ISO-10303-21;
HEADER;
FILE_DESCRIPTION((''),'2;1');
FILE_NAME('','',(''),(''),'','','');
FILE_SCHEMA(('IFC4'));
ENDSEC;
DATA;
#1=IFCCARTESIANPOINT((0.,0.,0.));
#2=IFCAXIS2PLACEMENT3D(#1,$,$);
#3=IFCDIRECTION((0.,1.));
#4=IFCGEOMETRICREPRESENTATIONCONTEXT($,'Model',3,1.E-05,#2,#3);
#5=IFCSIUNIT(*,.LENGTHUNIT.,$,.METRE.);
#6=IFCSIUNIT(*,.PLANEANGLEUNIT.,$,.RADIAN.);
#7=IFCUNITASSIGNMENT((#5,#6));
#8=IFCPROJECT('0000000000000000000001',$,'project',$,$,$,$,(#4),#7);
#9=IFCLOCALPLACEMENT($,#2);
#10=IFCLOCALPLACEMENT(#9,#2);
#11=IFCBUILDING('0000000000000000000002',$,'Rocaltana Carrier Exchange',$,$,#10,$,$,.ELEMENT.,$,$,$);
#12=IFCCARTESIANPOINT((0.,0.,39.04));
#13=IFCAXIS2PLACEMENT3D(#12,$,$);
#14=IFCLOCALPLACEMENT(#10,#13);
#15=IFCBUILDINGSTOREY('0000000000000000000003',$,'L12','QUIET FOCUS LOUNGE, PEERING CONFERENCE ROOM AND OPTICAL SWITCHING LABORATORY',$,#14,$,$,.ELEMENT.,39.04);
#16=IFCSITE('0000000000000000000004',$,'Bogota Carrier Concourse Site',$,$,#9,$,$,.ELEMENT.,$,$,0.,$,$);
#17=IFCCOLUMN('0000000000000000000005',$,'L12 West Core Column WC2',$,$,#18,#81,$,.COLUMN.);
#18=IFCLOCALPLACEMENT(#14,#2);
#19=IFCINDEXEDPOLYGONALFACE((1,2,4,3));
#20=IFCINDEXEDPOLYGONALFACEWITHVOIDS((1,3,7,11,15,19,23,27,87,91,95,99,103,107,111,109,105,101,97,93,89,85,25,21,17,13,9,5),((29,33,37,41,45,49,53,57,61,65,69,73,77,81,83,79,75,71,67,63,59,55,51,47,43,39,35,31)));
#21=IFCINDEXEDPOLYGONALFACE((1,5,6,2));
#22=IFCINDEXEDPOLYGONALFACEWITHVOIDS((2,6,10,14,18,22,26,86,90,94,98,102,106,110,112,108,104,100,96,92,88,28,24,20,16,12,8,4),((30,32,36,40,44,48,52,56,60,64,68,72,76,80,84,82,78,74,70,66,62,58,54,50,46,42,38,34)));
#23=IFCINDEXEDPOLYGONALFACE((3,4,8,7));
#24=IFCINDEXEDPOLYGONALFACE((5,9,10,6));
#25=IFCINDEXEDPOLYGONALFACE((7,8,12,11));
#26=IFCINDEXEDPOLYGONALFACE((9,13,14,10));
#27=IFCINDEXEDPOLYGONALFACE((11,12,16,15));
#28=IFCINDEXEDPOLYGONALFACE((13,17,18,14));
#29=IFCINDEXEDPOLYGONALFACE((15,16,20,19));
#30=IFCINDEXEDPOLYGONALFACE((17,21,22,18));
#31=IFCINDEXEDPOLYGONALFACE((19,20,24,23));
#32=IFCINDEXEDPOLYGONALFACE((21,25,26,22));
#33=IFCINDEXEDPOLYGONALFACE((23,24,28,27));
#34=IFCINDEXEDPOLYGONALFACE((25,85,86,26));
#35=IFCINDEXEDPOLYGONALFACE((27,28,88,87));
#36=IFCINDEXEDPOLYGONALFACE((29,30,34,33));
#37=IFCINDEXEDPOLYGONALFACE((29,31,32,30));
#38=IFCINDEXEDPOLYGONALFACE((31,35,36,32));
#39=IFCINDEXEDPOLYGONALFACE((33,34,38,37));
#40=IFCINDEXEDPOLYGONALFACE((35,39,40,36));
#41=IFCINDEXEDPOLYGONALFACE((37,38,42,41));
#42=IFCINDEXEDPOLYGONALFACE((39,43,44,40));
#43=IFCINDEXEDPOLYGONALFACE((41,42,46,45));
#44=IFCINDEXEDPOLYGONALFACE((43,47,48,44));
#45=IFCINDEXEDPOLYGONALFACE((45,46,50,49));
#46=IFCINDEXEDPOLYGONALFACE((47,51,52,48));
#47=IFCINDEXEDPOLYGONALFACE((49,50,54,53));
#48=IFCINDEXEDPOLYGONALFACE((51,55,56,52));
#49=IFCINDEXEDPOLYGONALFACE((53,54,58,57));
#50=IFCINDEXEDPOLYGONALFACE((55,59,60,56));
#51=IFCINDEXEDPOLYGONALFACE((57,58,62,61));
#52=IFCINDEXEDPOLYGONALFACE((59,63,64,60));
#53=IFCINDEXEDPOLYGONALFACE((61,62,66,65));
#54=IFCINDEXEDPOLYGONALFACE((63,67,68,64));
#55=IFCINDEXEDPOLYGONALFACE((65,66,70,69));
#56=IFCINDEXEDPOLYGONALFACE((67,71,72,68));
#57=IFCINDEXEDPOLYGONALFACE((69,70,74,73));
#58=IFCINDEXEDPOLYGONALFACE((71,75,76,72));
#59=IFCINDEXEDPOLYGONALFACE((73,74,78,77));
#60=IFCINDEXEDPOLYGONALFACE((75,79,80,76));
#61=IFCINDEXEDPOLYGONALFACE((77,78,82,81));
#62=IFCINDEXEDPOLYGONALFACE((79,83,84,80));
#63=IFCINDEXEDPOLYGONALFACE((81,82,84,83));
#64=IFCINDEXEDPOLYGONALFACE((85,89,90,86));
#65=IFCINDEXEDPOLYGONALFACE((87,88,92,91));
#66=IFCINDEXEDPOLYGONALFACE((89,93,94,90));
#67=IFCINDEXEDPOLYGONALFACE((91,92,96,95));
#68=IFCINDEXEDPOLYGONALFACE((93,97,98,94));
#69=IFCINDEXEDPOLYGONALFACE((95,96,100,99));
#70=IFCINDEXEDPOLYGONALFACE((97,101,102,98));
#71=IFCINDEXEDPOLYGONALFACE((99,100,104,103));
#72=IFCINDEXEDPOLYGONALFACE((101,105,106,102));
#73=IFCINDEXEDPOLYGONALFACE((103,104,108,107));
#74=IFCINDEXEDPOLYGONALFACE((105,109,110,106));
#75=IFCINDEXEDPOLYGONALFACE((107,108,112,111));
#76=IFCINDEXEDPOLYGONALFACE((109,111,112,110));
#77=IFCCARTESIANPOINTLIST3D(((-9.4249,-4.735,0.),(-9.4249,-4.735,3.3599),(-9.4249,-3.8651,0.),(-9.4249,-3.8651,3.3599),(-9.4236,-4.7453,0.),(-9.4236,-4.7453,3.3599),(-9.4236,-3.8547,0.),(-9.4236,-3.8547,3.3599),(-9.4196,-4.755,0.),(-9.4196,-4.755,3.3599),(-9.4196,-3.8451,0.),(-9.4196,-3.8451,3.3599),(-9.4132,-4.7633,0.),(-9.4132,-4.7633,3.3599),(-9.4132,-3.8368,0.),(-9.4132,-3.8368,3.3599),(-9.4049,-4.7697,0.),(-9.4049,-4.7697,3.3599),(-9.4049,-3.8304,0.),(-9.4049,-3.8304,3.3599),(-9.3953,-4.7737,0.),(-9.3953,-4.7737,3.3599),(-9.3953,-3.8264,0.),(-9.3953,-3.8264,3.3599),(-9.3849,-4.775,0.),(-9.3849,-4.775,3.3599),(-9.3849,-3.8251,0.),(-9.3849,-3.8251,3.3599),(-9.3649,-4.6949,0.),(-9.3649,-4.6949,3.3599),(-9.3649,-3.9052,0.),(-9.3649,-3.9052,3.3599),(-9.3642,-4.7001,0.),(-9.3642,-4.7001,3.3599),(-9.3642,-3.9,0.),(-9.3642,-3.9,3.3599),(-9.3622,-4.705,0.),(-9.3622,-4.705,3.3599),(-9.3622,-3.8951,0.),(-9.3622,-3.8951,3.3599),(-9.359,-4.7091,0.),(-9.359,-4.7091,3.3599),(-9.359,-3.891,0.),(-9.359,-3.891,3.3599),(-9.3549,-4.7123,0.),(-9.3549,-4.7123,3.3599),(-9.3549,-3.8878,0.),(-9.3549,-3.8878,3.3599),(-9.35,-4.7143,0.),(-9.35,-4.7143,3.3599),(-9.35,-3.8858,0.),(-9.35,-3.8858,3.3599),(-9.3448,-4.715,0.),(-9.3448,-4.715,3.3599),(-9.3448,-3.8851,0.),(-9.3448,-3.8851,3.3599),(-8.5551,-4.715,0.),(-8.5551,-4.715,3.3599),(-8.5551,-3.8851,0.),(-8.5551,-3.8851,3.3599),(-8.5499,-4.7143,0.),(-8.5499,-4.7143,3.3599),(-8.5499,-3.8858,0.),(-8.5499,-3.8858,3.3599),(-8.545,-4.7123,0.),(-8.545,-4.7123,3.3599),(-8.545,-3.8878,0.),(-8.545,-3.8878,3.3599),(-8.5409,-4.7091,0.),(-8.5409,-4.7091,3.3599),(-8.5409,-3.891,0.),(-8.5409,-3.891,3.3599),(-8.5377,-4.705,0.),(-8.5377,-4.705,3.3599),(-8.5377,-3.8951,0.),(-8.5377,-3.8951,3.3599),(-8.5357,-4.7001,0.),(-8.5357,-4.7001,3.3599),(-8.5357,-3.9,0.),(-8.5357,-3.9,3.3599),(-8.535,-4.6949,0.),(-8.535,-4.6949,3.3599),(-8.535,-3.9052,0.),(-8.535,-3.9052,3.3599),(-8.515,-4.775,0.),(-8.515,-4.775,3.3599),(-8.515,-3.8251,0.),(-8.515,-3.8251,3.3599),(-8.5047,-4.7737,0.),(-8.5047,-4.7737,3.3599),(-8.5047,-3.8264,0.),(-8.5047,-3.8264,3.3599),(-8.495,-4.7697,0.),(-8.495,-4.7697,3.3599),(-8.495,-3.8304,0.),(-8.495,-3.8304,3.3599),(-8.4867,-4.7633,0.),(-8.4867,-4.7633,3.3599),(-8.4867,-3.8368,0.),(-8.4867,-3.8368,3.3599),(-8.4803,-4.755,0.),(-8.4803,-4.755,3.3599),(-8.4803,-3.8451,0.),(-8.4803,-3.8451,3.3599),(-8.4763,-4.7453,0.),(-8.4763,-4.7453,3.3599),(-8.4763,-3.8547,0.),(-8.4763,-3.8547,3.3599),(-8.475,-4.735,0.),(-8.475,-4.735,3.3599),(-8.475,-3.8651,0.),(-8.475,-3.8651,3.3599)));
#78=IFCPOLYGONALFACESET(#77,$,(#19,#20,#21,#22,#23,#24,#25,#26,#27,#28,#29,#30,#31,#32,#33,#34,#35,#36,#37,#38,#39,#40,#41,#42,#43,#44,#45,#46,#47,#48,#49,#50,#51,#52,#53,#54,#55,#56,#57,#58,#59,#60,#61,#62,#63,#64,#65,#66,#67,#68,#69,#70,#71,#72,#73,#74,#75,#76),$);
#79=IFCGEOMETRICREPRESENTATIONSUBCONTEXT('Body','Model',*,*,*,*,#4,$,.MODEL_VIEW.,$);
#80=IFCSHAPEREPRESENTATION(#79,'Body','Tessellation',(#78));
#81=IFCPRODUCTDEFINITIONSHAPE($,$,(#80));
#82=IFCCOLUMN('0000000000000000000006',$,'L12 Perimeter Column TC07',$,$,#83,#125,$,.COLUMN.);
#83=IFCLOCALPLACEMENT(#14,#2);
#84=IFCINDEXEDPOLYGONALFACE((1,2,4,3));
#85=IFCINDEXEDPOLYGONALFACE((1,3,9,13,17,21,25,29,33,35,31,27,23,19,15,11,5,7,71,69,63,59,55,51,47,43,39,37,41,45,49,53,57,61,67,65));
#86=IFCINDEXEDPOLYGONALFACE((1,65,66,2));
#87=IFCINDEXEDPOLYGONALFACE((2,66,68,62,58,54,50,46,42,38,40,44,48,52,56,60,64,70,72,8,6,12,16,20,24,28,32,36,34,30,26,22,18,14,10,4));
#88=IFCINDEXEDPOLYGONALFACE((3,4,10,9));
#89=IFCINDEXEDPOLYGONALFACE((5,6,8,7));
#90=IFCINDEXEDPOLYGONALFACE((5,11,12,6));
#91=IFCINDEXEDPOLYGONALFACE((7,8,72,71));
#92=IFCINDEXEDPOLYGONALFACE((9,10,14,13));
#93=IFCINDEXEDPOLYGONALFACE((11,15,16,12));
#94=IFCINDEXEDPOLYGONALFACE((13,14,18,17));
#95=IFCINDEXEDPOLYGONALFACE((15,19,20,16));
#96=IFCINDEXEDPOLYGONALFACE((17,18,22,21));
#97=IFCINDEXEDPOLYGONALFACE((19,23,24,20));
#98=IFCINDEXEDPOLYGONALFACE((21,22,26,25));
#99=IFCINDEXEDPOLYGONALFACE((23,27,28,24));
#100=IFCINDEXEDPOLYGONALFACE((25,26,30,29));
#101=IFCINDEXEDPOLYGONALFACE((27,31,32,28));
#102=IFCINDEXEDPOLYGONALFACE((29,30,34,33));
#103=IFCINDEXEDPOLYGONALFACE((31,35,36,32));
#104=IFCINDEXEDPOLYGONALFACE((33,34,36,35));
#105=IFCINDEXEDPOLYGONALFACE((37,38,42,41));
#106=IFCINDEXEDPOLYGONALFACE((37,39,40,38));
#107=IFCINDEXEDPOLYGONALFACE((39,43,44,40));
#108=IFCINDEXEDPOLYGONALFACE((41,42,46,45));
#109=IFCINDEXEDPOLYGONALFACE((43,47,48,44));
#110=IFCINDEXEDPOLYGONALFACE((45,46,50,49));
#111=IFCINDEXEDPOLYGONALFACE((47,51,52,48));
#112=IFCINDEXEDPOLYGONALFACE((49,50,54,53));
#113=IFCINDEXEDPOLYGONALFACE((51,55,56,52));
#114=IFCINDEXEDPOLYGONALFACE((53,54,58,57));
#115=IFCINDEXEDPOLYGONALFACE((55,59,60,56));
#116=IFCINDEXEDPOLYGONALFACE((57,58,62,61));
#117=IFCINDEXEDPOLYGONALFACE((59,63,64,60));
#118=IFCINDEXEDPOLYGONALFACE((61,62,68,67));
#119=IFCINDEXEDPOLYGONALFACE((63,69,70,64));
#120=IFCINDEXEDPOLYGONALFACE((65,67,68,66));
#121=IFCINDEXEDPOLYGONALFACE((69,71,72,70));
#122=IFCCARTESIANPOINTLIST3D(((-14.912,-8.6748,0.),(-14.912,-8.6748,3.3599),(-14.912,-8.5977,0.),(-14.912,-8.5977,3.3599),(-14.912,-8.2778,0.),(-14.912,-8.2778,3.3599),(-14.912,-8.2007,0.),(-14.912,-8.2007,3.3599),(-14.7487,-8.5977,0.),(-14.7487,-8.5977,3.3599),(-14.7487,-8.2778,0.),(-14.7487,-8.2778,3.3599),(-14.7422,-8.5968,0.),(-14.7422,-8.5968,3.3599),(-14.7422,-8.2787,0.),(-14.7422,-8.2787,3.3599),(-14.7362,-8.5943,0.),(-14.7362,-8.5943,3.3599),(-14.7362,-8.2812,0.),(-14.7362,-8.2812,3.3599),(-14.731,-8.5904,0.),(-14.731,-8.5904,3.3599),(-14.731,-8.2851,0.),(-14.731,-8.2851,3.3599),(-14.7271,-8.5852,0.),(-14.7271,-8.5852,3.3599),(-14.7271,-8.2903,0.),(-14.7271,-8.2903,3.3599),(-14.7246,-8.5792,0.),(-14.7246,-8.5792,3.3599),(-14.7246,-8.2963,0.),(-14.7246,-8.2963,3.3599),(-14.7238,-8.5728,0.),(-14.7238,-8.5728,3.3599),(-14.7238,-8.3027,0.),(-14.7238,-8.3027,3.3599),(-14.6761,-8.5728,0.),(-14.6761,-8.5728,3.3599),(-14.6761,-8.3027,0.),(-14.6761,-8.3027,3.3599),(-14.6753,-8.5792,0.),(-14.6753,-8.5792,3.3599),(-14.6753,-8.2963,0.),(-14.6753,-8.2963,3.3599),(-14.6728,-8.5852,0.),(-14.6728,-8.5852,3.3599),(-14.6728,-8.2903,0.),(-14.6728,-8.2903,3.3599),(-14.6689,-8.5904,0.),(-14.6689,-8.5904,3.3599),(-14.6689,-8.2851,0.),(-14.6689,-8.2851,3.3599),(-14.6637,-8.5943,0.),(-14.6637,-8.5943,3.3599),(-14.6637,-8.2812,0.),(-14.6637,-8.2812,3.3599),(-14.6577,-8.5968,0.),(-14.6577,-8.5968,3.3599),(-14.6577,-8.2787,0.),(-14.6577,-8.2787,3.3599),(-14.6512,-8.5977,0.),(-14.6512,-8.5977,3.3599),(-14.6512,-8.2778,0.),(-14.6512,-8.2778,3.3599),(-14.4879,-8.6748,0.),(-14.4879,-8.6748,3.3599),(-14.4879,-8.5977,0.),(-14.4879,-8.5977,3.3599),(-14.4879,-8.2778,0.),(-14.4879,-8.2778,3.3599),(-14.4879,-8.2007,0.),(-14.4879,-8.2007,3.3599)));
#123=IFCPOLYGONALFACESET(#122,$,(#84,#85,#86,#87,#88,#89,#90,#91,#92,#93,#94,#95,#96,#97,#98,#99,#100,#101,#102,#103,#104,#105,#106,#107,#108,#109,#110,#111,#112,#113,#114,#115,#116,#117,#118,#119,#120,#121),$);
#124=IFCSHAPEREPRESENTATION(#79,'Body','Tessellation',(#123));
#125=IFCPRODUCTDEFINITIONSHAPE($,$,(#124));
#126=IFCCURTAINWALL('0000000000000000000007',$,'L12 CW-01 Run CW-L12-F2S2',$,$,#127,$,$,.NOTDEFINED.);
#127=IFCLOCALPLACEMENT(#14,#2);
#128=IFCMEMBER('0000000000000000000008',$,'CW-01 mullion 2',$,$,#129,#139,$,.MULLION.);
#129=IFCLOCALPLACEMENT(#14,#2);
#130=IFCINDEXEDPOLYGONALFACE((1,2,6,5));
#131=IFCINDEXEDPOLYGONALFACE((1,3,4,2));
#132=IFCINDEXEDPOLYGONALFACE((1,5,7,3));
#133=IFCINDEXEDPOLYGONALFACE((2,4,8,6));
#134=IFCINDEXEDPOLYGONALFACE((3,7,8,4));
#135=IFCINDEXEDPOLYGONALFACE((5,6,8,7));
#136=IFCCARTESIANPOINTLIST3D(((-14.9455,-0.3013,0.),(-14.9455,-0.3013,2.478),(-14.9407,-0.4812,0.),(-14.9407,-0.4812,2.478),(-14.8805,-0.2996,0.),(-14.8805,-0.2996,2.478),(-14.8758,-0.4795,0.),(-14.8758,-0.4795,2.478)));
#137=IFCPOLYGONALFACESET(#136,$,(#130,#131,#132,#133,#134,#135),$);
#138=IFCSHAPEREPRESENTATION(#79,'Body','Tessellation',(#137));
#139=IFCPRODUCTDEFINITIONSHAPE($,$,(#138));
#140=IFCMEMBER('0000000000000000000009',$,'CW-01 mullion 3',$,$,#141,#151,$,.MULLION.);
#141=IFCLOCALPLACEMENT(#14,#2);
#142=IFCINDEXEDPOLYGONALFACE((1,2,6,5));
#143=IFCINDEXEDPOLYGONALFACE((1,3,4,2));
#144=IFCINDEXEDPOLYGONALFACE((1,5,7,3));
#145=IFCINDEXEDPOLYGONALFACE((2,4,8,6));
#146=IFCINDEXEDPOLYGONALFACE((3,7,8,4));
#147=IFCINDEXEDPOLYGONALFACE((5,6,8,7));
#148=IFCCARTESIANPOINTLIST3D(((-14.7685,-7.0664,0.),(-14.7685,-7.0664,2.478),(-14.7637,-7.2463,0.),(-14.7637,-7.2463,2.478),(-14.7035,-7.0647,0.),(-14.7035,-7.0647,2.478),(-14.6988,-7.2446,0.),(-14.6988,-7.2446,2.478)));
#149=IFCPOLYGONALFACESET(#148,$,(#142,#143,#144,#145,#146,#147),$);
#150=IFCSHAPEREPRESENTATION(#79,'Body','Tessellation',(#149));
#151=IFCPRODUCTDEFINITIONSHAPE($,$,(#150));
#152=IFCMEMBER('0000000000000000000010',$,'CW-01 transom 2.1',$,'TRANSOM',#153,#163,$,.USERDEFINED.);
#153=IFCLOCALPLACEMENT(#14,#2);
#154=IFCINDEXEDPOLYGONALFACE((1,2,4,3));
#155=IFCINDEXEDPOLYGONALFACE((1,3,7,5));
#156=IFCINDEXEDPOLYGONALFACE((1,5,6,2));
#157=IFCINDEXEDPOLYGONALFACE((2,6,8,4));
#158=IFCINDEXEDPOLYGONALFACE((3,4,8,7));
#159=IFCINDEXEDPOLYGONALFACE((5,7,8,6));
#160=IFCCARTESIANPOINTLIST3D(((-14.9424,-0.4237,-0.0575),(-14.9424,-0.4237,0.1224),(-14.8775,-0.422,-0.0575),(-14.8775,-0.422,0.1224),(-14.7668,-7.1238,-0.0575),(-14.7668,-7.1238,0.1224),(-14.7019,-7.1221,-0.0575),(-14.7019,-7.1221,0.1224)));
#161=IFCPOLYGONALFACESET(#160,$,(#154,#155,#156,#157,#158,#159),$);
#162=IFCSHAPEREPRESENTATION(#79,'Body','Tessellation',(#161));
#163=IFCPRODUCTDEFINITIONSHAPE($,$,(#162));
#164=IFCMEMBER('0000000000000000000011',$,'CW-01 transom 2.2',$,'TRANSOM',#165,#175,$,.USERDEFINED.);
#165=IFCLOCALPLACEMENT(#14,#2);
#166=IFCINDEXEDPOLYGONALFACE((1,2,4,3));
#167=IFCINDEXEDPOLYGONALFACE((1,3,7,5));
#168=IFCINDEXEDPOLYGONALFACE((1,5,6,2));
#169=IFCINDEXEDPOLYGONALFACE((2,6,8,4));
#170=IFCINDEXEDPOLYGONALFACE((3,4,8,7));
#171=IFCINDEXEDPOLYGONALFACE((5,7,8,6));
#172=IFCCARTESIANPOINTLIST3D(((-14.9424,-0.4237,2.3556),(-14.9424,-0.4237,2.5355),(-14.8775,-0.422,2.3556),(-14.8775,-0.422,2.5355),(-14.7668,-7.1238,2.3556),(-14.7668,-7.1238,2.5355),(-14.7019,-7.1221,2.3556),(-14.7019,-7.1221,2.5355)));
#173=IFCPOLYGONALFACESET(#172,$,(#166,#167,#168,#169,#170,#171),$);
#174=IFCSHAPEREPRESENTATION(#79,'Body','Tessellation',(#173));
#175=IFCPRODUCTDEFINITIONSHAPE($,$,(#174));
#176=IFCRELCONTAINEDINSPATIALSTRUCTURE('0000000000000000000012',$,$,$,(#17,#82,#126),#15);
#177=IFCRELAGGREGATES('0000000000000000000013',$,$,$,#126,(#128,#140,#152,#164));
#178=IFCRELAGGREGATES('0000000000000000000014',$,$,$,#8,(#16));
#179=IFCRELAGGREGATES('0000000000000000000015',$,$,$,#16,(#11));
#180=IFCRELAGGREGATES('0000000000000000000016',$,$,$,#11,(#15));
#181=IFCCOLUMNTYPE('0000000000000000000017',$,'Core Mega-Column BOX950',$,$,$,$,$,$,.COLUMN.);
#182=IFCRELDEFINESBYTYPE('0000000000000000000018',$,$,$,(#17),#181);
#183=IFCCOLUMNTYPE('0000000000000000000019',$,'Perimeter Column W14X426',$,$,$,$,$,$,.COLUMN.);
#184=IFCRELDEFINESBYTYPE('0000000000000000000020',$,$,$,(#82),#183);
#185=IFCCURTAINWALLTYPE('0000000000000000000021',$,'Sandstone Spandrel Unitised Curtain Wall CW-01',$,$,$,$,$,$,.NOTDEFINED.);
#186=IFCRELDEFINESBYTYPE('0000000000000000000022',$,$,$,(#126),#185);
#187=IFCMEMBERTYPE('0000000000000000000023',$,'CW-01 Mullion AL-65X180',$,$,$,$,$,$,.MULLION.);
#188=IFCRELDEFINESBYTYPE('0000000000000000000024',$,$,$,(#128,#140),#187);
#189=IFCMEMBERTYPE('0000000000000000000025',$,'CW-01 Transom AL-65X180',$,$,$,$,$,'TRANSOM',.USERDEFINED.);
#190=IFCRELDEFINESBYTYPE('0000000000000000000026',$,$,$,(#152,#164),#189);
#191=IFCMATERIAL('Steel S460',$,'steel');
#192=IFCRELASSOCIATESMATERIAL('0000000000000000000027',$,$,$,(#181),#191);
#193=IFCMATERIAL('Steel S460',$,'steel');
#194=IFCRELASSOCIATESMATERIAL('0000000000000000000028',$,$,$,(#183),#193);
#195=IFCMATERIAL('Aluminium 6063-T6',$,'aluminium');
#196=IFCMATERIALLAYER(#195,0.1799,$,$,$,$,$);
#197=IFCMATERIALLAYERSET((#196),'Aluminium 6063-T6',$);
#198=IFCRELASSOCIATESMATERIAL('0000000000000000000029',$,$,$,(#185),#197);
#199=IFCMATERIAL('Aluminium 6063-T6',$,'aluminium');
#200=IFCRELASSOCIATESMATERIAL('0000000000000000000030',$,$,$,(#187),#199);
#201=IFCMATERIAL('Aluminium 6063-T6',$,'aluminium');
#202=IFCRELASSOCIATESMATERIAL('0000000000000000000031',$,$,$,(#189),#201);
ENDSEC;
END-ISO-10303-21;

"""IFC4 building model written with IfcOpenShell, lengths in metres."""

from ifc_helpers import new_model, si_unit, direction, frame, origin, origin_2d, place, context, subcontext, project, spatial, rectangle, hollow_rectangle, i_section, extrude, material, layer, layer_set, material_profile, profile_set, type_object, element, aggregate, save


model = new_model("IFC4")

# Units and contexts
model_context = context("Model", 3, precision=1e-05, world=origin(), true_north=direction((0.0, 1.0)))
body_context = subcontext(model_context, "Body", "Model", "MODEL_VIEW")
ifc_project = project(units=[si_unit("LENGTHUNIT", "METRE"), si_unit("PLANEANGLEUNIT", "RADIAN")], contexts=[model_context])

# Site, building, storey
site_placement = place(None, origin())
site = spatial("IfcSite", under=ifc_project, at=site_placement, Name="Bogota Carrier Concourse Site", CompositionType="ELEMENT", RefElevation=0.0)
building_placement = place(site_placement, origin())
building = spatial("IfcBuilding", under=site, at=building_placement, Name="Rocaltana Carrier Exchange", CompositionType="ELEMENT")
storey_placement = place(building_placement, frame((0.0, 0.0, 39.04)))
storey = spatial("IfcBuildingStorey", under=building, at=storey_placement, Name="L12", Description="QUIET FOCUS LOUNGE, PEERING CONFERENCE ROOM AND OPTICAL SWITCHING LABORATORY", CompositionType="ELEMENT", Elevation=39.04)

# Columns
ifc_material_1 = material(Name="Steel S460", Category="steel")
ifc_material_profile_1 = material_profile(ifc_material_1, hollow_rectangle(XDim=0.95, YDim=0.95, WallThickness=0.0601, InnerFilletRadius=0.02, OuterFilletRadius=0.04, at=origin_2d()), Name="BOX950X950X60")
ifc_profile_set_1 = profile_set([ifc_material_profile_1], Name="Steel S460")
column_type_1 = type_object("IfcColumnType", Name="Core Mega-Column BOX950", PredefinedType="COLUMN", material=ifc_profile_set_1)
column_1_placement = place(storey_placement, frame((-8.95, -4.3, 0.0), z_axis=(0.0, 0.0, 1.0), x_axis=(1.0, 0.0, 0.0)))
element("IfcColumn", 1, at=column_1_placement, inside=storey, type_object=column_type_1, Name="L12 West Core Column WC2", PredefinedType="COLUMN", context=body_context, shape_type="SweptSolid", body=[
    extrude(hollow_rectangle(XDim=0.95, YDim=0.95, WallThickness=0.0601, InnerFilletRadius=0.02, OuterFilletRadius=0.04, at=origin_2d()), origin(), (0.0, 0.0, 1.0), 3.3599),
])
ifc_material_2 = material(Name="Steel S460", Category="steel")
ifc_material_profile_2 = material_profile(ifc_material_2, i_section(OverallWidth=0.4241, OverallDepth=0.4741, WebThickness=0.0476, FlangeThickness=0.0771, FilletRadius=0.0249, at=origin_2d()), Name="W14X426")
ifc_profile_set_2 = profile_set([ifc_material_profile_2], Name="Steel S460")
column_type_2 = type_object("IfcColumnType", Name="Perimeter Column W14X426", PredefinedType="COLUMN", material=ifc_profile_set_2)
column_2_placement = place(storey_placement, frame((-14.7, -8.4377, 0.0), z_axis=(0.0, 0.0, 1.0), x_axis=(1.0, 0.0, 0.0)))
element("IfcColumn", 2, at=column_2_placement, inside=storey, type_object=column_type_2, Name="L12 Perimeter Column TC07", PredefinedType="COLUMN", context=body_context, shape_type="SweptSolid", body=[
    extrude(i_section(OverallWidth=0.4241, OverallDepth=0.4741, WebThickness=0.0476, FlangeThickness=0.0771, FilletRadius=0.0249, at=origin_2d()), origin(), (0.0, 0.0, 1.0), 3.3599),
])

# Curtain wall, members
ifc_material_3 = material(Name="Aluminium 6063-T6", Category="aluminium")
ifc_layer_1 = layer(ifc_material_3, 0.1799)
ifc_layer_set_1 = layer_set([ifc_layer_1], Name="Aluminium 6063-T6")
curtain_wall_type = type_object("IfcCurtainWallType", Name="Sandstone Spandrel Unitised Curtain Wall CW-01", PredefinedType="NOTDEFINED", material=ifc_layer_set_1)
curtain_wall_placement = place(storey_placement, origin())
curtain_wall = element("IfcCurtainWall", 3, at=curtain_wall_placement, inside=storey, type_object=curtain_wall_type, Name="L12 CW-01 Run CW-L12-F2S2", PredefinedType="NOTDEFINED")
ifc_material_4 = material(Name="Aluminium 6063-T6", Category="aluminium")
ifc_material_profile_3 = material_profile(ifc_material_4, rectangle(XDim=0.0649, YDim=0.1799, at=origin_2d()), Name="AL-65X180")
ifc_profile_set_3 = profile_set([ifc_material_profile_3], Name="Aluminium 6063-T6")
member_type_1 = type_object("IfcMemberType", Name="CW-01 Mullion AL-65X180", PredefinedType="MULLION", material=ifc_profile_set_3)
member_1_placement = place(storey_placement, frame((-14.9106, -0.3904, 0.0), z_axis=(0.0, 0.0, 1.0), x_axis=(0.999657, 0.026177, 0.0)))
member_1 = element("IfcMember", 4, at=member_1_placement, type_object=member_type_1, Name="CW-01 mullion 2", PredefinedType="MULLION", context=body_context, shape_type="SweptSolid", body=[
    extrude(rectangle(XDim=0.0649, YDim=0.1799, at=origin_2d()), origin(), (0.0, 0.0, 1.0), 2.478),
])
member_2_placement = place(storey_placement, frame((-14.7336, -7.1555, 0.0), z_axis=(0.0, 0.0, 1.0), x_axis=(0.999657, 0.026177, 0.0)))
member_2 = element("IfcMember", 5, at=member_2_placement, type_object=member_type_1, Name="CW-01 mullion 3", PredefinedType="MULLION", context=body_context, shape_type="SweptSolid", body=[
    extrude(rectangle(XDim=0.0649, YDim=0.1799, at=origin_2d()), origin(), (0.0, 0.0, 1.0), 2.478),
])
ifc_material_5 = material(Name="Aluminium 6063-T6", Category="aluminium")
ifc_material_profile_4 = material_profile(ifc_material_5, rectangle(XDim=0.0649, YDim=0.1799, at=origin_2d()), Name="AL-65X180")
ifc_profile_set_4 = profile_set([ifc_material_profile_4], Name="Aluminium 6063-T6")
member_type_2 = type_object("IfcMemberType", Name="CW-01 Transom AL-65X180", ElementType="TRANSOM", PredefinedType="USERDEFINED", material=ifc_profile_set_4)
member_3_placement = place(storey_placement, frame((-14.9099, -0.4229, 0.0325), z_axis=(0.02619, -0.999657, 0.0), x_axis=(0.999657, 0.02619, 0.0)))
member_3 = element("IfcMember", 6, at=member_3_placement, type_object=member_type_2, Name="CW-01 transom 2.1", ObjectType="TRANSOM", PredefinedType="USERDEFINED", context=body_context, shape_type="SweptSolid", body=[
    extrude(rectangle(XDim=0.0649, YDim=0.1799, at=origin_2d()), origin(), (0.0, 0.0, 1.0), 6.7024),
])
member_4_placement = place(storey_placement, frame((-14.9099, -0.4229, 2.4456), z_axis=(0.02619, -0.999657, 0.0), x_axis=(0.999657, 0.02619, 0.0)))
member_4 = element("IfcMember", 7, at=member_4_placement, type_object=member_type_2, Name="CW-01 transom 2.2", ObjectType="TRANSOM", PredefinedType="USERDEFINED", context=body_context, shape_type="SweptSolid", body=[
    extrude(rectangle(XDim=0.0649, YDim=0.1799, at=origin_2d()), origin(), (0.0, 0.0, 1.0), 6.7024),
])

aggregate(curtain_wall, [member_1, member_2, member_3, member_4])

save(model, "model.ifc")
